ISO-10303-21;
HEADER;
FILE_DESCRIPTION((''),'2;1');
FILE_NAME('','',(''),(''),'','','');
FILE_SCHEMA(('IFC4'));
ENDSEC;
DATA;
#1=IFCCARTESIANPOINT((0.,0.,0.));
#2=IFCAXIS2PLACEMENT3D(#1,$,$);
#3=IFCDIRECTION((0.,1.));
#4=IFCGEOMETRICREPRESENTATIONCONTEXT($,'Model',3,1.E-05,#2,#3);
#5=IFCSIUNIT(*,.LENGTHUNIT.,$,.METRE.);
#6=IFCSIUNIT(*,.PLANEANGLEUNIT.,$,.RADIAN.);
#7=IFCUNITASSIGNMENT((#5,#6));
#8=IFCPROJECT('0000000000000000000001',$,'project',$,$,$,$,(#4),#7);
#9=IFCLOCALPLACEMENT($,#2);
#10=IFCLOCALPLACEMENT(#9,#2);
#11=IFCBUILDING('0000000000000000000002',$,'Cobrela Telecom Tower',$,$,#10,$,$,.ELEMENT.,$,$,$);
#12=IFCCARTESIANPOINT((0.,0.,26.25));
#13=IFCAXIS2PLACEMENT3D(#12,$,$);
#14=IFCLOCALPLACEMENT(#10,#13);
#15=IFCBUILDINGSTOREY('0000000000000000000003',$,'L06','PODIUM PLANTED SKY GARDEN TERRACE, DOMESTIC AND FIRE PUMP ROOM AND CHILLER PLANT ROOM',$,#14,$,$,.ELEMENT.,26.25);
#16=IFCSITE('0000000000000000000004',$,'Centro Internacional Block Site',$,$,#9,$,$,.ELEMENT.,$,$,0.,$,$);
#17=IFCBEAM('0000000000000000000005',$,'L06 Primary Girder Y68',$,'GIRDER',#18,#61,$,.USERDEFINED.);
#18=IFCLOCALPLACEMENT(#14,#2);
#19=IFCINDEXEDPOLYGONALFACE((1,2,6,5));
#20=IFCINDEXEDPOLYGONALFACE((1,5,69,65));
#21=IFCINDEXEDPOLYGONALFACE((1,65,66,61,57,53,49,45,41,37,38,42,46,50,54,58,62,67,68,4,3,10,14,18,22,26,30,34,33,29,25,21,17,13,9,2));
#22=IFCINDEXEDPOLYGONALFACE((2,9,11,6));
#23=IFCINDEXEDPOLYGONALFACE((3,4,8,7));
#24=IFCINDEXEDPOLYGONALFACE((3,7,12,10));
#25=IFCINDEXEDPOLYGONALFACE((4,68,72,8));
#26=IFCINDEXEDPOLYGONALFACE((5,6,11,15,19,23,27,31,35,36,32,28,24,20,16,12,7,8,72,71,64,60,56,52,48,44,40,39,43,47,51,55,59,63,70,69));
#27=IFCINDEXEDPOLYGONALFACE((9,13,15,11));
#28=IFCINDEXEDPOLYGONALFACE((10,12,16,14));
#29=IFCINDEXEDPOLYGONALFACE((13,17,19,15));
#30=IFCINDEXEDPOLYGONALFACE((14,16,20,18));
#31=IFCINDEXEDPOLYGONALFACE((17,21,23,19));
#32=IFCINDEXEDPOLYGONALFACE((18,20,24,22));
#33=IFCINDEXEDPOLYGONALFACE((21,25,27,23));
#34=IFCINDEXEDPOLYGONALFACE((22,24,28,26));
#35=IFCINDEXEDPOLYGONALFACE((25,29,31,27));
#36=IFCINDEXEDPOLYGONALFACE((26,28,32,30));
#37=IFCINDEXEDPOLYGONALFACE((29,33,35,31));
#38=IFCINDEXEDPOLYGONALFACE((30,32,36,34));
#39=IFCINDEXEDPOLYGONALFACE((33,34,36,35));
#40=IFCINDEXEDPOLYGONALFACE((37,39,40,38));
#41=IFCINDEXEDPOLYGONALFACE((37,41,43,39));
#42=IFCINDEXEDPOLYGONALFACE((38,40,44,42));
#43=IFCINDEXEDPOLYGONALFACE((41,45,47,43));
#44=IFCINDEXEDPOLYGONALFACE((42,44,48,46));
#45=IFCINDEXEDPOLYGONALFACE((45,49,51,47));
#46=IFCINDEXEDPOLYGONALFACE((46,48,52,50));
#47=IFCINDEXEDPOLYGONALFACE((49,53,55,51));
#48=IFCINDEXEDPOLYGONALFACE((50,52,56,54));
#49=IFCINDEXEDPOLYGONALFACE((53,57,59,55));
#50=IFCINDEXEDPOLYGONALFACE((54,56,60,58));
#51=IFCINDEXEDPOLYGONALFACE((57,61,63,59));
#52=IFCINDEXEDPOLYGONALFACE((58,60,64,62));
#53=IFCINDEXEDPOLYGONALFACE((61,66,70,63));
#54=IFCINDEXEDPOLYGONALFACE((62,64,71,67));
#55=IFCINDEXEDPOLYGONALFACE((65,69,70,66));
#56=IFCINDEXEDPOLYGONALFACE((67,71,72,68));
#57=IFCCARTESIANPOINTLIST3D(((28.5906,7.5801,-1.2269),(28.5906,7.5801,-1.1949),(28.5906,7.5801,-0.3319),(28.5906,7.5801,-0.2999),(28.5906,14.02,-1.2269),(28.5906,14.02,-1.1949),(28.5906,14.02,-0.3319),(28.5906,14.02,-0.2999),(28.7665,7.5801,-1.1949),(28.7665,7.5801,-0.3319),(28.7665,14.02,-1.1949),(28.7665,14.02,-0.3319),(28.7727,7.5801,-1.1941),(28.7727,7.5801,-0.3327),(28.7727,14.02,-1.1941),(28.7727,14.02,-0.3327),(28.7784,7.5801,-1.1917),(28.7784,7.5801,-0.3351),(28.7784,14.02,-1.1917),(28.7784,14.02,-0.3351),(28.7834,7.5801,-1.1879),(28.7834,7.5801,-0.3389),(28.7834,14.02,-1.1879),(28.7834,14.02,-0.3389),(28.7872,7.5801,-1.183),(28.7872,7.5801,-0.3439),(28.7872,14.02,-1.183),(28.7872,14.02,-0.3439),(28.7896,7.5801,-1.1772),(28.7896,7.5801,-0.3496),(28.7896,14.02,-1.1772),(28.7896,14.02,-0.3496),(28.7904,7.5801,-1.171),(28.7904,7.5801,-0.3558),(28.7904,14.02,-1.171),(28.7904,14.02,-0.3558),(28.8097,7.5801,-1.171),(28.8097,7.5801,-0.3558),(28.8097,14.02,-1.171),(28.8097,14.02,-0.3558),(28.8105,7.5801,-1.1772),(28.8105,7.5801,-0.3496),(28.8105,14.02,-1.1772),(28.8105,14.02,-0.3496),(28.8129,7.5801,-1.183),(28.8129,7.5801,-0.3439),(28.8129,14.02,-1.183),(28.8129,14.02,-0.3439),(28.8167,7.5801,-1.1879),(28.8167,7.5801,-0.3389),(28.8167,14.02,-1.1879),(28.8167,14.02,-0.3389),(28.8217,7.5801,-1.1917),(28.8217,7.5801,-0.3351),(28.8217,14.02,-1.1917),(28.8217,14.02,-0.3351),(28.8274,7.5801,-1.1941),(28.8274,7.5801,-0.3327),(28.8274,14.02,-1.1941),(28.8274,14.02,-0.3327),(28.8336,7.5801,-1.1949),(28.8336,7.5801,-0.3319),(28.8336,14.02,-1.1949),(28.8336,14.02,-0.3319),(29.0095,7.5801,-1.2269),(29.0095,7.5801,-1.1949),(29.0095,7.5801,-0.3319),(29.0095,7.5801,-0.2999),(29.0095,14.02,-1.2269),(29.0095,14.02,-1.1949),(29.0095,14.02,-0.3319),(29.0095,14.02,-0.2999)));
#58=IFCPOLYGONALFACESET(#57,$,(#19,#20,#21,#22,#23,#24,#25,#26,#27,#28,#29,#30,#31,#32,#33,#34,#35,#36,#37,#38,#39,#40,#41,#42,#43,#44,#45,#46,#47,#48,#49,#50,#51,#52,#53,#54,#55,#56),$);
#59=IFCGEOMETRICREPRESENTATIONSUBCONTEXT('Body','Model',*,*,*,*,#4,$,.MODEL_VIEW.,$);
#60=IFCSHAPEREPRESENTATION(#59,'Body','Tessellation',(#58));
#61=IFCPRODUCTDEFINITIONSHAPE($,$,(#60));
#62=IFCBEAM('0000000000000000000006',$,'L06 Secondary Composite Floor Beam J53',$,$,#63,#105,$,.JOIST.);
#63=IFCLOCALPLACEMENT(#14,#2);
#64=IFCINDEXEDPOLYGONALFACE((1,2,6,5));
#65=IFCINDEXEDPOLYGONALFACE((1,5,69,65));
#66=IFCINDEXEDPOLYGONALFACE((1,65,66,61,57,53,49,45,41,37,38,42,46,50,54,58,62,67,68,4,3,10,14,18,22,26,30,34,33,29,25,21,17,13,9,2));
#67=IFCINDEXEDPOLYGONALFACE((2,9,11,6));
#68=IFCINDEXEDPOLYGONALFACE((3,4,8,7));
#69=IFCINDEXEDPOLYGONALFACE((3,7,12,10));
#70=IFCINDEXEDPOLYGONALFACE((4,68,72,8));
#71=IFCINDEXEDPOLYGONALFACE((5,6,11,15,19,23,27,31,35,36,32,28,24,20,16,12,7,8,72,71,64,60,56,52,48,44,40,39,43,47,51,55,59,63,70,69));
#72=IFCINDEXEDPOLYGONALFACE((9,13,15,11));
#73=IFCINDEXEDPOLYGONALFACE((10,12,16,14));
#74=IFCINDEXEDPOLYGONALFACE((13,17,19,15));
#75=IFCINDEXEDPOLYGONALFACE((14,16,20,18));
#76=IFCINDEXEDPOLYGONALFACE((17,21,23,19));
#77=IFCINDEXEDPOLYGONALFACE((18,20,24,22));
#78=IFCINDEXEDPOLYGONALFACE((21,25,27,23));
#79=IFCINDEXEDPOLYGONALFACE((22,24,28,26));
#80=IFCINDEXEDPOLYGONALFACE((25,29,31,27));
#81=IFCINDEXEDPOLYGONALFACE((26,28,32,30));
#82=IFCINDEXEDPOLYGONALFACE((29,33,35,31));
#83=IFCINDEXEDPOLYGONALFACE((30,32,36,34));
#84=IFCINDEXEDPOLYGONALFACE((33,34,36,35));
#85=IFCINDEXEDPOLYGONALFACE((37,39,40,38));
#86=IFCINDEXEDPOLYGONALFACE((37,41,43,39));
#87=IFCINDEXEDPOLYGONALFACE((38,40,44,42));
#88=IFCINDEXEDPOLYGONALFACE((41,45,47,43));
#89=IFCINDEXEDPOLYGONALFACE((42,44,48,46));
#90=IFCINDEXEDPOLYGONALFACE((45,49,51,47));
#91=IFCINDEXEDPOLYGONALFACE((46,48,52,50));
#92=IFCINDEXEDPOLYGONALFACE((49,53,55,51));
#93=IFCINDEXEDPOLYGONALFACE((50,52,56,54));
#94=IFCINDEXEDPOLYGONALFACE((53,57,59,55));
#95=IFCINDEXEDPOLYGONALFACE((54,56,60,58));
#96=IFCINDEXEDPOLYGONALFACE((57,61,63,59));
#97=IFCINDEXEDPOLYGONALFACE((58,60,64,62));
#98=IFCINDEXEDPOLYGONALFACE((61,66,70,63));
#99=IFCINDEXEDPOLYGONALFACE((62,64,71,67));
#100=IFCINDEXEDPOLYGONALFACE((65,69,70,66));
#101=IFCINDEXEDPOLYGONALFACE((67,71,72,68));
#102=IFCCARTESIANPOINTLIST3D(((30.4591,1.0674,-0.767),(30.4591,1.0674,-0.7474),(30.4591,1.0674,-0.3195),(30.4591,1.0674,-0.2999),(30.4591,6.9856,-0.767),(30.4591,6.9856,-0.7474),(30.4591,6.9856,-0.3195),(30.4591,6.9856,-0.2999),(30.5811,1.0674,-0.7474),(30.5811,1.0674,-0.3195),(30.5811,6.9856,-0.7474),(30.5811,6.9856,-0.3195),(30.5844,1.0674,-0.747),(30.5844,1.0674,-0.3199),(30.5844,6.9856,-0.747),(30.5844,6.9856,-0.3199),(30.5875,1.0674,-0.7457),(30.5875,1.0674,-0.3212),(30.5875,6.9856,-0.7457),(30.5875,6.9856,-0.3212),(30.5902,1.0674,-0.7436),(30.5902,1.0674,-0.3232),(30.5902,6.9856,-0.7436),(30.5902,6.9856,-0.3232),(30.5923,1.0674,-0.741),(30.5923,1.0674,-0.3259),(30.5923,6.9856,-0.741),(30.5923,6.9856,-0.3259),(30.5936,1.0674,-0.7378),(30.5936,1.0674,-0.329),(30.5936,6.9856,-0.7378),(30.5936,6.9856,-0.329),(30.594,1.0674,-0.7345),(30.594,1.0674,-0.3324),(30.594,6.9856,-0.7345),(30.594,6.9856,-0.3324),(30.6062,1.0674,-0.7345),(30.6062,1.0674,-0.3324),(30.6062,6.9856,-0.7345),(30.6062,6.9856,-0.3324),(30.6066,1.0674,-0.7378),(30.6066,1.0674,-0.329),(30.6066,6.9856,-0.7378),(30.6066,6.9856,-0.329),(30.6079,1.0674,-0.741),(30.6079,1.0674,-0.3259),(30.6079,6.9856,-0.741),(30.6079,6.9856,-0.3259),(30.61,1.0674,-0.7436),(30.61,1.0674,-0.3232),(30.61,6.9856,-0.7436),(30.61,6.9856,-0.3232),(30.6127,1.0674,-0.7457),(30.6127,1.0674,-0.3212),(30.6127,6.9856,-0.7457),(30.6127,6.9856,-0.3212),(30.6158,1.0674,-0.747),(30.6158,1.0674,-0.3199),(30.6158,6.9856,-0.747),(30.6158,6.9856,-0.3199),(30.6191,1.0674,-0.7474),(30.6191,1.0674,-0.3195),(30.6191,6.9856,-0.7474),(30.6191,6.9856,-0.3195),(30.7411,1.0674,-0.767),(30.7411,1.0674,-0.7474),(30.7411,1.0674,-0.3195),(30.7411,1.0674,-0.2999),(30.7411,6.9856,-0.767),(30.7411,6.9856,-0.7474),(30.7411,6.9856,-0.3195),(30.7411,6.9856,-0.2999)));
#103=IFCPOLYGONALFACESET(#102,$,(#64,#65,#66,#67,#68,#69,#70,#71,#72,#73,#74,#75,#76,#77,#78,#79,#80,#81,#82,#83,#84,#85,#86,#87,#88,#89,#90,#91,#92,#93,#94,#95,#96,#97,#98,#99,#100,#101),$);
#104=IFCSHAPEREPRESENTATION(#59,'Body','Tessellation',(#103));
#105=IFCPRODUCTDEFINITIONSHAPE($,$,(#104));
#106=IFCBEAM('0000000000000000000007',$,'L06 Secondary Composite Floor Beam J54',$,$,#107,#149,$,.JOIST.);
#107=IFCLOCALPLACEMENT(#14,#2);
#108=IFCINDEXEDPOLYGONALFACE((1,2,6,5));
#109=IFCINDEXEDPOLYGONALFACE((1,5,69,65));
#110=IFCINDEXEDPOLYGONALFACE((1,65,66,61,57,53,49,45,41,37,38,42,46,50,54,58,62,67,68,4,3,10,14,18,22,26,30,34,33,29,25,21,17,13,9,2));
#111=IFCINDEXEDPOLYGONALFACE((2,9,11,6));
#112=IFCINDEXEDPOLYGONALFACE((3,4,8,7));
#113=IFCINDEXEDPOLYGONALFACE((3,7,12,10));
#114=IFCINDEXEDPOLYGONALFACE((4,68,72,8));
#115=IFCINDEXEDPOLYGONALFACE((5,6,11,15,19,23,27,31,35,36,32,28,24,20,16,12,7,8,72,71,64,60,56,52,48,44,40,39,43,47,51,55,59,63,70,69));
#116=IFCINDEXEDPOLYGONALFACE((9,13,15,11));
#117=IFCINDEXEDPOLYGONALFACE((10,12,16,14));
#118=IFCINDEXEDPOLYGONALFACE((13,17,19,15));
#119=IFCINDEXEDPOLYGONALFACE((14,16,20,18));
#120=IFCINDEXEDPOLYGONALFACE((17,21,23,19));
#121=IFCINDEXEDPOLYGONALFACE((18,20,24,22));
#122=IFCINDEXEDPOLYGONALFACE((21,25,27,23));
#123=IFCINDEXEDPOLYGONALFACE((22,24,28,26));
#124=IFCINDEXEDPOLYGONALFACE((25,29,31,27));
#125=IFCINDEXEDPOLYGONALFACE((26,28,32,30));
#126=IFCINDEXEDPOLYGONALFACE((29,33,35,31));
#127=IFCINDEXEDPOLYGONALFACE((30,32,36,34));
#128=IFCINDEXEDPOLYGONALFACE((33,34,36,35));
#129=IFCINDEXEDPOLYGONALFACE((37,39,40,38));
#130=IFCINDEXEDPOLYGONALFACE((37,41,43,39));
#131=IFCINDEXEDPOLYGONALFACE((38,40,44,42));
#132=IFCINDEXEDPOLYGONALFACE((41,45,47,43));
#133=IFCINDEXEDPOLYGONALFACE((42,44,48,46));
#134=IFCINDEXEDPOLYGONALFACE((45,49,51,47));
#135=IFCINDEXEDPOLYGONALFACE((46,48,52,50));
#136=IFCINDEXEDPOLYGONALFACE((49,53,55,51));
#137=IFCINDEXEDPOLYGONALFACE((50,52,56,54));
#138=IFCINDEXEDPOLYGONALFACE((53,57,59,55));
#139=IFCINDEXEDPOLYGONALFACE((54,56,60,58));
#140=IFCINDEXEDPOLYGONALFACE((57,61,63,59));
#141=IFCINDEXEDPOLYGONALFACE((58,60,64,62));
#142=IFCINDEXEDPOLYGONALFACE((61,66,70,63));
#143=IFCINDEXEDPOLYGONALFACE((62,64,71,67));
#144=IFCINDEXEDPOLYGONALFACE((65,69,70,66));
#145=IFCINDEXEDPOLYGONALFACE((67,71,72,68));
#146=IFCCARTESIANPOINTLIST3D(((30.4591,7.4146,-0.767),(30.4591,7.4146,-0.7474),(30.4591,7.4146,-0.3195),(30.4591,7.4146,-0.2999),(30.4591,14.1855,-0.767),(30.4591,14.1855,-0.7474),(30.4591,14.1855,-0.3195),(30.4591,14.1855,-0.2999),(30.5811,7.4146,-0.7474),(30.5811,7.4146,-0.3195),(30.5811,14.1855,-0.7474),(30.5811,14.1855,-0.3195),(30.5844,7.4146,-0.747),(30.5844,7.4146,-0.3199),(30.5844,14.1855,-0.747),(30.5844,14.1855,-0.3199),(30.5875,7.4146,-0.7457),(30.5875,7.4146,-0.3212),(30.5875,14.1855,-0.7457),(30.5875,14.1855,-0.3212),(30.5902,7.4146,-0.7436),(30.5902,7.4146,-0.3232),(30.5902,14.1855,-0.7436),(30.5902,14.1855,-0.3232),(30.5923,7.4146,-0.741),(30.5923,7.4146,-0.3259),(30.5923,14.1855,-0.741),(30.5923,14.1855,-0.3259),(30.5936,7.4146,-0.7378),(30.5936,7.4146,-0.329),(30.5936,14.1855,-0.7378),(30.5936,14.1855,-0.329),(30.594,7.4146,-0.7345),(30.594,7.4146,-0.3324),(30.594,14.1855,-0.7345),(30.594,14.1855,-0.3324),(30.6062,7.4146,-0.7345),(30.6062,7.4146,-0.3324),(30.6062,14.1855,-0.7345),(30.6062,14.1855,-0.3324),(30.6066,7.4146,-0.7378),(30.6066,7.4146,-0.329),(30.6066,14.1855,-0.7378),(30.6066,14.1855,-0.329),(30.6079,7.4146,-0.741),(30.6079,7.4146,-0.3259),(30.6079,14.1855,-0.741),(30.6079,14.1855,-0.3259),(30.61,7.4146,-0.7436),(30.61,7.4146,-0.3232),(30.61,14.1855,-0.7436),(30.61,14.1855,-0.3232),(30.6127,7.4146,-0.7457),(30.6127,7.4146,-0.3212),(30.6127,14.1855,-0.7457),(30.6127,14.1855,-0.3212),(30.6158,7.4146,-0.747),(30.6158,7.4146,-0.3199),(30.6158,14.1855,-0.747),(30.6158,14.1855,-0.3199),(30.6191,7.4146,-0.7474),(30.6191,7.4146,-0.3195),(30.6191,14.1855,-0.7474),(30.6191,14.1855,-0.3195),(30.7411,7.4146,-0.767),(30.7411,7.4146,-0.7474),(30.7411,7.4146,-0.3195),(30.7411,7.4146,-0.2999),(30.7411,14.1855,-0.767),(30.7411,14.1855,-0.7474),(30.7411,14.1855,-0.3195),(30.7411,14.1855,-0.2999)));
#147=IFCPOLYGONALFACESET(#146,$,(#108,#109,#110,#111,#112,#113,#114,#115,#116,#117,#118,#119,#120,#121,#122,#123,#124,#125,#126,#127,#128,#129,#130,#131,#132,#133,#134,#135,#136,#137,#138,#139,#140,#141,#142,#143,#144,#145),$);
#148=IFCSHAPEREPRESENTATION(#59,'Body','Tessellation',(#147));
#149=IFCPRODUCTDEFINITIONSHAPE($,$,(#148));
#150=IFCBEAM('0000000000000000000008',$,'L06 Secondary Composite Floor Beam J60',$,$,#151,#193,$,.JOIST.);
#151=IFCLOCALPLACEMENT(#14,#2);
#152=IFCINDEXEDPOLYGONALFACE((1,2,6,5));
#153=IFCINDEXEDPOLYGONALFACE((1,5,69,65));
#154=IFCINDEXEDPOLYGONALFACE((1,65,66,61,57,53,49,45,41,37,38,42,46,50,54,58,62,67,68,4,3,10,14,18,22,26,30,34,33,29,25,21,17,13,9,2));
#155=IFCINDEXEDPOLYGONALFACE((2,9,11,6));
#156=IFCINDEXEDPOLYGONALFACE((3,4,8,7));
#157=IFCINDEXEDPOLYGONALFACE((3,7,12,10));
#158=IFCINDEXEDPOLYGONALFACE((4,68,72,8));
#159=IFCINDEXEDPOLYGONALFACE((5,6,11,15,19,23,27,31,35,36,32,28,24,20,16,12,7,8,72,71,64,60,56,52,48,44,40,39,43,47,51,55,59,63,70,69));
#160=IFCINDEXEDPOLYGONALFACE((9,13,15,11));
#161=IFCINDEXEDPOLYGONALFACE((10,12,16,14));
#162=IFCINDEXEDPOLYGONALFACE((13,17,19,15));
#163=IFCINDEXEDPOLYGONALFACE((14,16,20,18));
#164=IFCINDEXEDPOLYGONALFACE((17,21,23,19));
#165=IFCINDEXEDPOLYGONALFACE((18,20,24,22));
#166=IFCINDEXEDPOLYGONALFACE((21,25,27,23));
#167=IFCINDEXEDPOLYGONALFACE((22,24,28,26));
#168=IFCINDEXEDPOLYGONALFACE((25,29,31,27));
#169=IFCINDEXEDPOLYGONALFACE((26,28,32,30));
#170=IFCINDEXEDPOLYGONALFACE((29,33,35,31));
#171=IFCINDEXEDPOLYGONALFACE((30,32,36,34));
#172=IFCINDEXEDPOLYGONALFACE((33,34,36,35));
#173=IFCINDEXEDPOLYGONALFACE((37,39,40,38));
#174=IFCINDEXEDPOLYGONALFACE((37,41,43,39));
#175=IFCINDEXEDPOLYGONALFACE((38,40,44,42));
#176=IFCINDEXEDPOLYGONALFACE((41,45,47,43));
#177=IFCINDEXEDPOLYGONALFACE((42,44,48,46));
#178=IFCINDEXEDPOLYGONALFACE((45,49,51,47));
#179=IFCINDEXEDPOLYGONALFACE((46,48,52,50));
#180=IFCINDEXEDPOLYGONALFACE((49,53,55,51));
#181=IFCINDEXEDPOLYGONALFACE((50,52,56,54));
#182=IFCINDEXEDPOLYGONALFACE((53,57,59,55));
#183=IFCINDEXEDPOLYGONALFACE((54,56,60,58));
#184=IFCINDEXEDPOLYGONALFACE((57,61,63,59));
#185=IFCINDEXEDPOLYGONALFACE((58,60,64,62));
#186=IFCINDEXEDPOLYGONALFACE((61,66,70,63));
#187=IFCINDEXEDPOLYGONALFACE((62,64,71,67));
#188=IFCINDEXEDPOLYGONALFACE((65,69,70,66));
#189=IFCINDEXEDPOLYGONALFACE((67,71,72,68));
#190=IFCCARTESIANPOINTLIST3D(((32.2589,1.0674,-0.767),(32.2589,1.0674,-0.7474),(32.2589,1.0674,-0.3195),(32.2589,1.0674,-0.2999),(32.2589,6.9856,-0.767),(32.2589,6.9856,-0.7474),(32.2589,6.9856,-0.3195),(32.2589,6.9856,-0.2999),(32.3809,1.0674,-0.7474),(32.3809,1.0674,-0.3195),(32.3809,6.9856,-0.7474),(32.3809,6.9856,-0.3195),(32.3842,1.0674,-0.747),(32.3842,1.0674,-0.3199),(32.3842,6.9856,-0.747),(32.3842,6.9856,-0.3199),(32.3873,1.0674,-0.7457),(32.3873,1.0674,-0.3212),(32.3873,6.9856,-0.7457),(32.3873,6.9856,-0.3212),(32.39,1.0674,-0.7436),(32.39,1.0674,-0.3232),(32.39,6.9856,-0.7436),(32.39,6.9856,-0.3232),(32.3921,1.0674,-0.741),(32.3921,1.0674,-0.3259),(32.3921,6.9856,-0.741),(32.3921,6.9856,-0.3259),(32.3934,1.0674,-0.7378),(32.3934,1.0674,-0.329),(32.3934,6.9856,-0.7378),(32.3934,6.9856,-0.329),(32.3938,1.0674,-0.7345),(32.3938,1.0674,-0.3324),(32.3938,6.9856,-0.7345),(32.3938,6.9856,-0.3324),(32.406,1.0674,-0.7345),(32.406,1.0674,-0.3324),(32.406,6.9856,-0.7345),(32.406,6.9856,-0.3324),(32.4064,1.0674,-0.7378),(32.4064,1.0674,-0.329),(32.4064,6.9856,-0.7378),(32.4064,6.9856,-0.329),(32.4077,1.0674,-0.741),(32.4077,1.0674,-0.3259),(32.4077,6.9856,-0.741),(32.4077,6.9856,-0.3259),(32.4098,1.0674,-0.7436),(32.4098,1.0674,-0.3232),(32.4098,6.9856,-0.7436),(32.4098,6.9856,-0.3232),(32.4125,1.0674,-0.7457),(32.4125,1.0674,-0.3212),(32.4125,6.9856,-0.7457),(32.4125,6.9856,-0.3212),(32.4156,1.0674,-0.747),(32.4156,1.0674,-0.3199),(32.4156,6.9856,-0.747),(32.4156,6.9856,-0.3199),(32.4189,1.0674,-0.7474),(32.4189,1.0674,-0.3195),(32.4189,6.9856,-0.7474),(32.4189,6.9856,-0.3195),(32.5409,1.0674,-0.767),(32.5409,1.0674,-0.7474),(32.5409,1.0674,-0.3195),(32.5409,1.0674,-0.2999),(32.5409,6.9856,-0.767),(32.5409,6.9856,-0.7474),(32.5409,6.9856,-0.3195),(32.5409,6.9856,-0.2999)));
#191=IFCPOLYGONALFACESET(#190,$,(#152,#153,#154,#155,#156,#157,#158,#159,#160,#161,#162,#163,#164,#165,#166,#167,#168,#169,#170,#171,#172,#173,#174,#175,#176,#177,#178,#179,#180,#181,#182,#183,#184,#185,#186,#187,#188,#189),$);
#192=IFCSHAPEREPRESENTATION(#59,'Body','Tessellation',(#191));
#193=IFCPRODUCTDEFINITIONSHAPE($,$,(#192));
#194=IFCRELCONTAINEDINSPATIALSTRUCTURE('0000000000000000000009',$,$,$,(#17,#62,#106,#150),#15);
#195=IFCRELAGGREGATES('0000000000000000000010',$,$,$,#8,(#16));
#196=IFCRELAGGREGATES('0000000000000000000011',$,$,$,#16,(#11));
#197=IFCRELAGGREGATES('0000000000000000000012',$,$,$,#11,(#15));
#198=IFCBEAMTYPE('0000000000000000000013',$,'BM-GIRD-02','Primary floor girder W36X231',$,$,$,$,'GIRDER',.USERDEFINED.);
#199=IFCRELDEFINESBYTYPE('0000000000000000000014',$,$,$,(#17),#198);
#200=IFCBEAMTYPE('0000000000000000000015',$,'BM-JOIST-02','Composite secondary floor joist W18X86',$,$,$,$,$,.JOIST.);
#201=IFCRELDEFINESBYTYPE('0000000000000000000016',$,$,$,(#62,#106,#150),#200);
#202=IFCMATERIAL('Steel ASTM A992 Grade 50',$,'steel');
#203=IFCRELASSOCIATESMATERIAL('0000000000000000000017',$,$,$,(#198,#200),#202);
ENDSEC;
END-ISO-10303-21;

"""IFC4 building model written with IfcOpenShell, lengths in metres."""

from ifc_helpers import new_model, si_unit, direction, frame, origin, origin_2d, place, context, subcontext, project, spatial, i_section, extrude, material, material_profile, profile_set, type_object, element, save


model = new_model("IFC4")

# Units and contexts
model_context = context("Model", 3, precision=1e-05, world=origin(), true_north=direction((0.0, 1.0)))
body_context = subcontext(model_context, "Body", "Model", "MODEL_VIEW")
ifc_project = project(units=[si_unit("LENGTHUNIT", "METRE"), si_unit("PLANEANGLEUNIT", "RADIAN")], contexts=[model_context])

# Site, building, storey
site_placement = place(None, origin())
site = spatial("IfcSite", under=ifc_project, at=site_placement, Name="Centro Internacional Block Site", CompositionType="ELEMENT", RefElevation=0.0)
building_placement = place(site_placement, origin())
building = spatial("IfcBuilding", under=site, at=building_placement, Name="Cobrela Telecom Tower", CompositionType="ELEMENT")
storey_placement = place(building_placement, frame((0.0, 0.0, 26.25)))
storey = spatial("IfcBuildingStorey", under=building, at=storey_placement, Name="L06", Description="PODIUM PLANTED SKY GARDEN TERRACE, DOMESTIC AND FIRE PUMP ROOM AND CHILLER PLANT ROOM", CompositionType="ELEMENT", Elevation=26.25)

# Beams
ifc_material_1 = material(Name="Steel ASTM A992 Grade 50", Category="steel")
ifc_material_profile_1 = material_profile(ifc_material_1, i_section(OverallWidth=0.4189, OverallDepth=0.927, WebThickness=0.0193, FlangeThickness=0.032, FilletRadius=0.0239, at=origin_2d()), Name="W36X231")
ifc_profile_set_1 = profile_set([ifc_material_profile_1], Name="Steel ASTM A992 Grade 50")
beam_type_1 = type_object("IfcBeamType", Name="BM-GIRD-02", Description="Primary floor girder W36X231", ElementType="GIRDER", PredefinedType="USERDEFINED", material=ifc_profile_set_1)
beam_1_placement = place(storey_placement, frame((28.8, 7.5801, -0.7634), z_axis=(0.0, 1.0, 0.0), x_axis=(-1.0, 0.0, 0.0)))
element("IfcBeam", 1, at=beam_1_placement, inside=storey, type_object=beam_type_1, Name="L06 Primary Girder Y68", ObjectType="GIRDER", PredefinedType="USERDEFINED", context=body_context, shape_type="SweptSolid", body=[
    extrude(i_section(OverallWidth=0.4189, OverallDepth=0.927, WebThickness=0.0193, FlangeThickness=0.032, FilletRadius=0.0239, at=origin_2d()), origin(), (0.0, 0.0, 1.0), 6.4399),
])
ifc_material_profile_2 = material_profile(ifc_material_1, i_section(OverallWidth=0.282, OverallDepth=0.467, WebThickness=0.0122, FlangeThickness=0.0195, FilletRadius=0.0129, at=origin_2d()), Name="W18X86")
ifc_profile_set_2 = profile_set([ifc_material_profile_2], Name="Steel ASTM A992 Grade 50")
beam_type_2 = type_object("IfcBeamType", Name="BM-JOIST-02", Description="Composite secondary floor joist W18X86", PredefinedType="JOIST", material=ifc_profile_set_2)
beam_2_placement = place(storey_placement, frame((30.6001, 1.0674, -0.5334), z_axis=(0.0, 1.0, 0.0), x_axis=(-1.0, 0.0, 0.0)))
element("IfcBeam", 2, at=beam_2_placement, inside=storey, type_object=beam_type_2, Name="L06 Secondary Composite Floor Beam J53", PredefinedType="JOIST", context=body_context, shape_type="SweptSolid", body=[
    extrude(i_section(OverallWidth=0.282, OverallDepth=0.467, WebThickness=0.0122, FlangeThickness=0.0195, FilletRadius=0.0129, at=origin_2d()), origin(), (0.0, 0.0, 1.0), 5.9182),
])
beam_3_placement = place(storey_placement, frame((30.6001, 7.4146, -0.5334), z_axis=(0.0, 1.0, 0.0), x_axis=(-1.0, 0.0, 0.0)))
element("IfcBeam", 3, at=beam_3_placement, inside=storey, type_object=beam_type_2, Name="L06 Secondary Composite Floor Beam J54", PredefinedType="JOIST", context=body_context, shape_type="SweptSolid", body=[
    extrude(i_section(OverallWidth=0.282, OverallDepth=0.467, WebThickness=0.0122, FlangeThickness=0.0195, FilletRadius=0.0129, at=origin_2d()), origin(), (0.0, 0.0, 1.0), 6.771),
])
beam_4_placement = place(storey_placement, frame((32.3999, 1.0674, -0.5334), z_axis=(0.0, 1.0, 0.0), x_axis=(-1.0, 0.0, 0.0)))
element("IfcBeam", 4, at=beam_4_placement, inside=storey, type_object=beam_type_2, Name="L06 Secondary Composite Floor Beam J60", PredefinedType="JOIST", context=body_context, shape_type="SweptSolid", body=[
    extrude(i_section(OverallWidth=0.282, OverallDepth=0.467, WebThickness=0.0122, FlangeThickness=0.0195, FilletRadius=0.0129, at=origin_2d()), origin(), (0.0, 0.0, 1.0), 5.9182),
])

save(model, "model.ifc")
